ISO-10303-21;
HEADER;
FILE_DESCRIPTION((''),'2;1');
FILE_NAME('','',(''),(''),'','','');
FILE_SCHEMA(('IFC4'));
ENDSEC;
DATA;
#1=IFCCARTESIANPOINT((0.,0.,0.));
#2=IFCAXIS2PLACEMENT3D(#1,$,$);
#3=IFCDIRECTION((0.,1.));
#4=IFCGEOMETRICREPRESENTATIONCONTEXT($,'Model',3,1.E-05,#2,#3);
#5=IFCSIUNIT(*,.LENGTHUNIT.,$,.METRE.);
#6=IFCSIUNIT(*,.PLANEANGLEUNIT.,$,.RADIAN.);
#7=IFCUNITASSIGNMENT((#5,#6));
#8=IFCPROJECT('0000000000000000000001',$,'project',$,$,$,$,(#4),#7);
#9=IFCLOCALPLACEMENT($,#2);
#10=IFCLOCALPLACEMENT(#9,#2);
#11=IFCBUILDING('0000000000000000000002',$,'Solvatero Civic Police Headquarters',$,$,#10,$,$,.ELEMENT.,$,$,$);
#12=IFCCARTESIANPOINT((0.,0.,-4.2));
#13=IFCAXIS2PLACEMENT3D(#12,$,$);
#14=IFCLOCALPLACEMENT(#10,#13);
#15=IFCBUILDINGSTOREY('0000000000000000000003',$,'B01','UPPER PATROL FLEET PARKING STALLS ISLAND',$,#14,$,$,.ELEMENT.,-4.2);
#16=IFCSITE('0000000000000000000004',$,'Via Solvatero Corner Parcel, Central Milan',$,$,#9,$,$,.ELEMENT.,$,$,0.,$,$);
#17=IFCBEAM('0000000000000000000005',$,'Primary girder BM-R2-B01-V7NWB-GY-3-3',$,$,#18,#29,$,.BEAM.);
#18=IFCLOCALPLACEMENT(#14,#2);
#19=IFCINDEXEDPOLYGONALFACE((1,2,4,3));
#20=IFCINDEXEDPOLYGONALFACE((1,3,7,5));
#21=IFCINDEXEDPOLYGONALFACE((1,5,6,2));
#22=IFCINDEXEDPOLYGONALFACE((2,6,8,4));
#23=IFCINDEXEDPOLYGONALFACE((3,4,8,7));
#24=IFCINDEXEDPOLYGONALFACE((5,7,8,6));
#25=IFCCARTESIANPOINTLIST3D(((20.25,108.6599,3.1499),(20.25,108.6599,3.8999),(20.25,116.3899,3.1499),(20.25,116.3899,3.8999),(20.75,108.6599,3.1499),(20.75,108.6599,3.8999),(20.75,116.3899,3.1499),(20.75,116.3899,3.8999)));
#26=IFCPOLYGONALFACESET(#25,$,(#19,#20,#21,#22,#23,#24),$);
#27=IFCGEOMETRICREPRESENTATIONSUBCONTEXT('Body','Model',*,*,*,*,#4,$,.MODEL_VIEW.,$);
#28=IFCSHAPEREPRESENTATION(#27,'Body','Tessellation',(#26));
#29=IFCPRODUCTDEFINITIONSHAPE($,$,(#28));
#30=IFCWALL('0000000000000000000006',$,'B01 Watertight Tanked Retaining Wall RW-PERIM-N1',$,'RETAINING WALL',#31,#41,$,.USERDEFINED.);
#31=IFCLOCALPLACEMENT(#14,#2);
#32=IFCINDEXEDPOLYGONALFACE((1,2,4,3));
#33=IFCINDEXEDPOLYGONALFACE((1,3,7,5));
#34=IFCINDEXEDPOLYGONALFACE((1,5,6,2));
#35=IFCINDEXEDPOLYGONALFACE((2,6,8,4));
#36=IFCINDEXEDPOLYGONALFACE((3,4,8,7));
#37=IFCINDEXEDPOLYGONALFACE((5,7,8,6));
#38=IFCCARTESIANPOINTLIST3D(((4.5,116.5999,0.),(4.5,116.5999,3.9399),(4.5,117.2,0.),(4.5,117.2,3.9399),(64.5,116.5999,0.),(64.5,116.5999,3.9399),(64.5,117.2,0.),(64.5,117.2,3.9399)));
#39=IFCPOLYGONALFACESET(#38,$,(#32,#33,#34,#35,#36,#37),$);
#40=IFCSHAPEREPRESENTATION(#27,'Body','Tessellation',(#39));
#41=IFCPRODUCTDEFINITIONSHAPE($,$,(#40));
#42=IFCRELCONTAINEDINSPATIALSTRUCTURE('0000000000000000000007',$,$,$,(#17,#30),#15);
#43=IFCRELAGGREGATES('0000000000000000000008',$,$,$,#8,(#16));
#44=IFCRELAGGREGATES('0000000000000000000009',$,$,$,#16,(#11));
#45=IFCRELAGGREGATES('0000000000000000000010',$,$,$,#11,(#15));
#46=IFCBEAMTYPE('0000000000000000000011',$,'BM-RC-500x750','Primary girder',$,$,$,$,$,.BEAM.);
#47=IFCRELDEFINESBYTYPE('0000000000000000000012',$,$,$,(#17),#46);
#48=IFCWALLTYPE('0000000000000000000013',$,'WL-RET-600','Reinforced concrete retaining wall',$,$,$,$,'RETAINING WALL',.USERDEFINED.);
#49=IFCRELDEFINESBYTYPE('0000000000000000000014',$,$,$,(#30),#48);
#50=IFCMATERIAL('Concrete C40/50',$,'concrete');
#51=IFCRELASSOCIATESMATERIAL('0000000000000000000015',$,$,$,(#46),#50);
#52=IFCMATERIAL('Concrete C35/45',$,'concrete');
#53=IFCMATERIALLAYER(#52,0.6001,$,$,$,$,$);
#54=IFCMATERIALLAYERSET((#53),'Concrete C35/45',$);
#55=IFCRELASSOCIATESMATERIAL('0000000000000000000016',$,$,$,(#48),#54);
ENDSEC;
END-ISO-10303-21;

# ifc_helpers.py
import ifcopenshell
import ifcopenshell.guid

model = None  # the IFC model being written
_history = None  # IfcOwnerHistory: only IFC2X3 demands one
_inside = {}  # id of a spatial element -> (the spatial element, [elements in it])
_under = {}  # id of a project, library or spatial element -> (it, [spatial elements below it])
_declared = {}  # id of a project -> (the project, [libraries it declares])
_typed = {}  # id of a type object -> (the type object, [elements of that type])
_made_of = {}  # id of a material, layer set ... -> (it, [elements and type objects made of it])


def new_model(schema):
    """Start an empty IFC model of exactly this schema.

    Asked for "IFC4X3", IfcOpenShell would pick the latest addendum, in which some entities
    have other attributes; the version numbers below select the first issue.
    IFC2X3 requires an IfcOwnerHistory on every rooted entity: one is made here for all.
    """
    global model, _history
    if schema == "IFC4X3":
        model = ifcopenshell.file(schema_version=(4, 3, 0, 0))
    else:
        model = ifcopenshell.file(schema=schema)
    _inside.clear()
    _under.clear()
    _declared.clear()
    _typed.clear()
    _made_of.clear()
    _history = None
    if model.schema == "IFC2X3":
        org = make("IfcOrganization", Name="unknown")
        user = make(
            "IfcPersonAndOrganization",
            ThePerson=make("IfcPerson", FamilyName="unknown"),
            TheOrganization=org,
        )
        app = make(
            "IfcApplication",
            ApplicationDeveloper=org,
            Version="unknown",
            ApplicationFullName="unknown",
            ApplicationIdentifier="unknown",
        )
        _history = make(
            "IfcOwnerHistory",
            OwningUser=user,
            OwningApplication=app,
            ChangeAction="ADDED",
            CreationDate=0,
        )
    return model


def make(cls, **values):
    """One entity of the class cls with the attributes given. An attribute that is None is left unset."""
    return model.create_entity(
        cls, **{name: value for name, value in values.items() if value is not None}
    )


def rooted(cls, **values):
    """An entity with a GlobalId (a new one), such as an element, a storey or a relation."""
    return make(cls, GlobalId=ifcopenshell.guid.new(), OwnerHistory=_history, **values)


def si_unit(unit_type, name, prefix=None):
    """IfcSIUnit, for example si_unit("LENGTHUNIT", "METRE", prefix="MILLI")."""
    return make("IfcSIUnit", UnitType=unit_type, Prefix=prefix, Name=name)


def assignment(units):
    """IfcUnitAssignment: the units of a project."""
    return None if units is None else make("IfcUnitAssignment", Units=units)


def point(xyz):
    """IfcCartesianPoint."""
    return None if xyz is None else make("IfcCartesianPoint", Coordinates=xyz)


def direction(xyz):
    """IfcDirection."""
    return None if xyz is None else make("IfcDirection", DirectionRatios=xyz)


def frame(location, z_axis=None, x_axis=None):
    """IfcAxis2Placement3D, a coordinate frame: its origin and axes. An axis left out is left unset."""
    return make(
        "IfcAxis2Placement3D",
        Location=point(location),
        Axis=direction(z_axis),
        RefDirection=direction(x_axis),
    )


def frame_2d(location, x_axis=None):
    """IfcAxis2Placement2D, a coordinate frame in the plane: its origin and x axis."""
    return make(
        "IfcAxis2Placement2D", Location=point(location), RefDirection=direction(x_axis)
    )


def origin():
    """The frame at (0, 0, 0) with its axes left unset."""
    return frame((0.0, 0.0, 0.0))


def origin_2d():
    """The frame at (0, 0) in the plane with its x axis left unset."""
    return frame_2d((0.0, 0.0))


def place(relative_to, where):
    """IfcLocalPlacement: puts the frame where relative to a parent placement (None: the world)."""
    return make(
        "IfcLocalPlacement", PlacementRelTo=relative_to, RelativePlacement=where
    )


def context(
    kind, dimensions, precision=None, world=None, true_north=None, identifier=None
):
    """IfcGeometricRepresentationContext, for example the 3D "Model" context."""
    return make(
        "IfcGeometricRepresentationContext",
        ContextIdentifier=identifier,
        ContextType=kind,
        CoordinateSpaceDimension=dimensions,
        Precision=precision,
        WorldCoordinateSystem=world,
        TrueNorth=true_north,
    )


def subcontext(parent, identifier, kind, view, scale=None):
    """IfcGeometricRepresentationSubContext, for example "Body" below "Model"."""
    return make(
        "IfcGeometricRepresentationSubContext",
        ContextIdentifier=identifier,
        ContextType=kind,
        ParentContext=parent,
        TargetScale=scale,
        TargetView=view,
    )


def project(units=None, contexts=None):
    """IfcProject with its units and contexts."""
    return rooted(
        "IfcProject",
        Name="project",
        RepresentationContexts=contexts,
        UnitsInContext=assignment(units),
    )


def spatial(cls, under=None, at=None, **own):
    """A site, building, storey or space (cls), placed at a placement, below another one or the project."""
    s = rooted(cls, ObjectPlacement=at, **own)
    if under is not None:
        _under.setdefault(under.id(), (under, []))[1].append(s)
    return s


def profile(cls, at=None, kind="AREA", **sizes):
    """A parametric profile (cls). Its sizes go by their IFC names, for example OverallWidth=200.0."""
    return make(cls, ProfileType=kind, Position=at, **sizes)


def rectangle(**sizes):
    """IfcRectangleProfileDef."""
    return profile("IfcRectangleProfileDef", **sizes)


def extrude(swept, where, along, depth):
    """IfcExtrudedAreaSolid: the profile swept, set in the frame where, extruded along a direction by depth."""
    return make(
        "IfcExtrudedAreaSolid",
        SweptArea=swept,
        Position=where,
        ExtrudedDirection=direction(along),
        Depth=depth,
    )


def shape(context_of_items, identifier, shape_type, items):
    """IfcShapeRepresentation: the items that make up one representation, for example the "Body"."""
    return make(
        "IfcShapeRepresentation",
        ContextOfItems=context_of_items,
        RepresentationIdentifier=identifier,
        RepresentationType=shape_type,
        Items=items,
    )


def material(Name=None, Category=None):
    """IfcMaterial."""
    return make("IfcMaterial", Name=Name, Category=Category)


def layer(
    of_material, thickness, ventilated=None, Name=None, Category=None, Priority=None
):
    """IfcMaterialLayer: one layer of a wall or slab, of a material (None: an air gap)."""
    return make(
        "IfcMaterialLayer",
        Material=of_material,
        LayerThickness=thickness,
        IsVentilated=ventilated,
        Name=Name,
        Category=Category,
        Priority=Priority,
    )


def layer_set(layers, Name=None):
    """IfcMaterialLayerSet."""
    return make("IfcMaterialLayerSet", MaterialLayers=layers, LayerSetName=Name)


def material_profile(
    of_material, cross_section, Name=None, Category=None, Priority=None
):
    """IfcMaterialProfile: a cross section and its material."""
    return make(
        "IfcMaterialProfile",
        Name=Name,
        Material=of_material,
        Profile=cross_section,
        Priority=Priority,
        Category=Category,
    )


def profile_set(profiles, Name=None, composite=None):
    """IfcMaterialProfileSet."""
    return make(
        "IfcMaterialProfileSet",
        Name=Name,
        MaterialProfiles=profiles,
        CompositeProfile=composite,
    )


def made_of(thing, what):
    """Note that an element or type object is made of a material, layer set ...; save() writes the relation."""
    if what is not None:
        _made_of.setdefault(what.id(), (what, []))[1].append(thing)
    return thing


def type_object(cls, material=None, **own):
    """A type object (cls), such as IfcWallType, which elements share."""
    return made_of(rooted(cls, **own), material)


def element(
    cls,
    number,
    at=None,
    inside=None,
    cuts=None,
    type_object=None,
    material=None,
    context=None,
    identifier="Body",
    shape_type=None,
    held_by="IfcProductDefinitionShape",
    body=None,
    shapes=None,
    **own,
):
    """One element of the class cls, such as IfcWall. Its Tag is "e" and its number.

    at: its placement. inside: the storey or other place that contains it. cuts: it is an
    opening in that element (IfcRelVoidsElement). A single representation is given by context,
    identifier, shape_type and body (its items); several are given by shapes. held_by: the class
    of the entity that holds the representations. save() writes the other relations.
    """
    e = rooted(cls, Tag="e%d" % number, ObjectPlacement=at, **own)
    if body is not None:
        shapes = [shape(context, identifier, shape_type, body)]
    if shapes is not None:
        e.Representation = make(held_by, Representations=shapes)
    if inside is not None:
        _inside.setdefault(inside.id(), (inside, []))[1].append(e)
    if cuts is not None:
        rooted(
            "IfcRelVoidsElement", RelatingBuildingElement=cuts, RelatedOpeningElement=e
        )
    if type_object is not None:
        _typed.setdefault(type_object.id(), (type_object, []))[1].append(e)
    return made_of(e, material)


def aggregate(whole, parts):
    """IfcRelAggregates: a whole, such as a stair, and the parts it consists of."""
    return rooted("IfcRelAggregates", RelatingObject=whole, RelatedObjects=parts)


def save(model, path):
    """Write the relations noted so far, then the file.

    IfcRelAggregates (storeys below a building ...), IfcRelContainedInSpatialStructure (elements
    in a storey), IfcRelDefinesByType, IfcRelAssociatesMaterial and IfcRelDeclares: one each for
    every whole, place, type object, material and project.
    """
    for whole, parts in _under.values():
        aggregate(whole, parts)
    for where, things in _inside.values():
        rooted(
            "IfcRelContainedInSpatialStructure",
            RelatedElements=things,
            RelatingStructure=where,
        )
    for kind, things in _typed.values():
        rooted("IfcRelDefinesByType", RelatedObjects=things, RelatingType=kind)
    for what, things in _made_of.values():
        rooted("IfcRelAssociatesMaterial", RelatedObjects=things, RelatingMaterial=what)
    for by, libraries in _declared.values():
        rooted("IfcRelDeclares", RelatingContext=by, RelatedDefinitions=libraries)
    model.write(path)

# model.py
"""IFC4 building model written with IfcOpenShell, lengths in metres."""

from ifc_helpers import new_model, si_unit, direction, frame, frame_2d, origin, origin_2d, place, context, subcontext, project, spatial, rectangle, extrude, material, layer, layer_set, material_profile, profile_set, type_object, element, save


model = new_model("IFC4")

# Units and contexts
model_context = context("Model", 3, precision=1e-05, world=origin(), true_north=direction((0.0, 1.0)))
body_context = subcontext(model_context, "Body", "Model", "MODEL_VIEW")
ifc_project = project(units=[si_unit("LENGTHUNIT", "METRE"), si_unit("PLANEANGLEUNIT", "RADIAN")], contexts=[model_context])

# Site, building, storey
site_placement = place(None, origin())
site = spatial("IfcSite", under=ifc_project, at=site_placement, Name="Via Solvatero Corner Parcel, Central Milan", CompositionType="ELEMENT", RefElevation=0.0)
building_placement = place(site_placement, origin())
building = spatial("IfcBuilding", under=site, at=building_placement, Name="Solvatero Civic Police Headquarters", CompositionType="ELEMENT")
storey_placement = place(building_placement, frame((0.0, 0.0, -4.2)))
storey = spatial("IfcBuildingStorey", under=building, at=storey_placement, Name="B01", Description="UPPER PATROL FLEET PARKING STALLS ISLAND", CompositionType="ELEMENT", Elevation=-4.2)

# Shared definitions
ifc_material_1 = material(Name="Concrete C40/50", Category="concrete")

# Beam
ifc_material_profile_1 = material_profile(ifc_material_1, rectangle(XDim=0.5, YDim=0.75, at=origin_2d()), Name="RC 500x750")
ifc_profile_set_1 = profile_set([ifc_material_profile_1], Name="Concrete C40/50")
beam_type_1 = type_object("IfcBeamType", Name="BM-RC-500x750", Description="Primary girder", PredefinedType="BEAM", material=ifc_profile_set_1)
beam_1_placement = place(storey_placement, frame((20.5, 108.6599, 3.5249), z_axis=(0.0, 1.0, 0.0), x_axis=(-1.0, 0.0, 0.0)))
element("IfcBeam", 1, at=beam_1_placement, inside=storey, type_object=beam_type_1, Name="Primary girder BM-R2-B01-V7NWB-GY-3-3", PredefinedType="BEAM", context=body_context, shape_type="SweptSolid", body=[
    extrude(rectangle(XDim=0.5, YDim=0.75, at=origin_2d()), origin(), (0.0, 0.0, 1.0), 7.73),
])

# Wall
ifc_material_2 = material(Name="Concrete C35/45", Category="concrete")
ifc_layer = layer(ifc_material_2, 0.6001)
ifc_layer_set = layer_set([ifc_layer], Name="Concrete C35/45")
wall_type = type_object("IfcWallType", Name="WL-RET-600", Description="Reinforced concrete retaining wall", ElementType="RETAINING WALL", PredefinedType="USERDEFINED", material=ifc_layer_set)
wall_placement = place(storey_placement, frame((4.5, 116.8999, 0.0), z_axis=(0.0, 0.0, 1.0), x_axis=(1.0, 0.0, 0.0)))
element("IfcWall", 2, at=wall_placement, inside=storey, type_object=wall_type, Name="B01 Watertight Tanked Retaining Wall RW-PERIM-N1", ObjectType="RETAINING WALL", PredefinedType="USERDEFINED", context=body_context, shape_type="SweptSolid", body=[
    extrude(rectangle(XDim=60.0, YDim=0.6001, at=frame_2d((30.0, 0.0))), origin(), (0.0, 0.0, 1.0), 3.9399),
])

save(model, "model.ifc")
